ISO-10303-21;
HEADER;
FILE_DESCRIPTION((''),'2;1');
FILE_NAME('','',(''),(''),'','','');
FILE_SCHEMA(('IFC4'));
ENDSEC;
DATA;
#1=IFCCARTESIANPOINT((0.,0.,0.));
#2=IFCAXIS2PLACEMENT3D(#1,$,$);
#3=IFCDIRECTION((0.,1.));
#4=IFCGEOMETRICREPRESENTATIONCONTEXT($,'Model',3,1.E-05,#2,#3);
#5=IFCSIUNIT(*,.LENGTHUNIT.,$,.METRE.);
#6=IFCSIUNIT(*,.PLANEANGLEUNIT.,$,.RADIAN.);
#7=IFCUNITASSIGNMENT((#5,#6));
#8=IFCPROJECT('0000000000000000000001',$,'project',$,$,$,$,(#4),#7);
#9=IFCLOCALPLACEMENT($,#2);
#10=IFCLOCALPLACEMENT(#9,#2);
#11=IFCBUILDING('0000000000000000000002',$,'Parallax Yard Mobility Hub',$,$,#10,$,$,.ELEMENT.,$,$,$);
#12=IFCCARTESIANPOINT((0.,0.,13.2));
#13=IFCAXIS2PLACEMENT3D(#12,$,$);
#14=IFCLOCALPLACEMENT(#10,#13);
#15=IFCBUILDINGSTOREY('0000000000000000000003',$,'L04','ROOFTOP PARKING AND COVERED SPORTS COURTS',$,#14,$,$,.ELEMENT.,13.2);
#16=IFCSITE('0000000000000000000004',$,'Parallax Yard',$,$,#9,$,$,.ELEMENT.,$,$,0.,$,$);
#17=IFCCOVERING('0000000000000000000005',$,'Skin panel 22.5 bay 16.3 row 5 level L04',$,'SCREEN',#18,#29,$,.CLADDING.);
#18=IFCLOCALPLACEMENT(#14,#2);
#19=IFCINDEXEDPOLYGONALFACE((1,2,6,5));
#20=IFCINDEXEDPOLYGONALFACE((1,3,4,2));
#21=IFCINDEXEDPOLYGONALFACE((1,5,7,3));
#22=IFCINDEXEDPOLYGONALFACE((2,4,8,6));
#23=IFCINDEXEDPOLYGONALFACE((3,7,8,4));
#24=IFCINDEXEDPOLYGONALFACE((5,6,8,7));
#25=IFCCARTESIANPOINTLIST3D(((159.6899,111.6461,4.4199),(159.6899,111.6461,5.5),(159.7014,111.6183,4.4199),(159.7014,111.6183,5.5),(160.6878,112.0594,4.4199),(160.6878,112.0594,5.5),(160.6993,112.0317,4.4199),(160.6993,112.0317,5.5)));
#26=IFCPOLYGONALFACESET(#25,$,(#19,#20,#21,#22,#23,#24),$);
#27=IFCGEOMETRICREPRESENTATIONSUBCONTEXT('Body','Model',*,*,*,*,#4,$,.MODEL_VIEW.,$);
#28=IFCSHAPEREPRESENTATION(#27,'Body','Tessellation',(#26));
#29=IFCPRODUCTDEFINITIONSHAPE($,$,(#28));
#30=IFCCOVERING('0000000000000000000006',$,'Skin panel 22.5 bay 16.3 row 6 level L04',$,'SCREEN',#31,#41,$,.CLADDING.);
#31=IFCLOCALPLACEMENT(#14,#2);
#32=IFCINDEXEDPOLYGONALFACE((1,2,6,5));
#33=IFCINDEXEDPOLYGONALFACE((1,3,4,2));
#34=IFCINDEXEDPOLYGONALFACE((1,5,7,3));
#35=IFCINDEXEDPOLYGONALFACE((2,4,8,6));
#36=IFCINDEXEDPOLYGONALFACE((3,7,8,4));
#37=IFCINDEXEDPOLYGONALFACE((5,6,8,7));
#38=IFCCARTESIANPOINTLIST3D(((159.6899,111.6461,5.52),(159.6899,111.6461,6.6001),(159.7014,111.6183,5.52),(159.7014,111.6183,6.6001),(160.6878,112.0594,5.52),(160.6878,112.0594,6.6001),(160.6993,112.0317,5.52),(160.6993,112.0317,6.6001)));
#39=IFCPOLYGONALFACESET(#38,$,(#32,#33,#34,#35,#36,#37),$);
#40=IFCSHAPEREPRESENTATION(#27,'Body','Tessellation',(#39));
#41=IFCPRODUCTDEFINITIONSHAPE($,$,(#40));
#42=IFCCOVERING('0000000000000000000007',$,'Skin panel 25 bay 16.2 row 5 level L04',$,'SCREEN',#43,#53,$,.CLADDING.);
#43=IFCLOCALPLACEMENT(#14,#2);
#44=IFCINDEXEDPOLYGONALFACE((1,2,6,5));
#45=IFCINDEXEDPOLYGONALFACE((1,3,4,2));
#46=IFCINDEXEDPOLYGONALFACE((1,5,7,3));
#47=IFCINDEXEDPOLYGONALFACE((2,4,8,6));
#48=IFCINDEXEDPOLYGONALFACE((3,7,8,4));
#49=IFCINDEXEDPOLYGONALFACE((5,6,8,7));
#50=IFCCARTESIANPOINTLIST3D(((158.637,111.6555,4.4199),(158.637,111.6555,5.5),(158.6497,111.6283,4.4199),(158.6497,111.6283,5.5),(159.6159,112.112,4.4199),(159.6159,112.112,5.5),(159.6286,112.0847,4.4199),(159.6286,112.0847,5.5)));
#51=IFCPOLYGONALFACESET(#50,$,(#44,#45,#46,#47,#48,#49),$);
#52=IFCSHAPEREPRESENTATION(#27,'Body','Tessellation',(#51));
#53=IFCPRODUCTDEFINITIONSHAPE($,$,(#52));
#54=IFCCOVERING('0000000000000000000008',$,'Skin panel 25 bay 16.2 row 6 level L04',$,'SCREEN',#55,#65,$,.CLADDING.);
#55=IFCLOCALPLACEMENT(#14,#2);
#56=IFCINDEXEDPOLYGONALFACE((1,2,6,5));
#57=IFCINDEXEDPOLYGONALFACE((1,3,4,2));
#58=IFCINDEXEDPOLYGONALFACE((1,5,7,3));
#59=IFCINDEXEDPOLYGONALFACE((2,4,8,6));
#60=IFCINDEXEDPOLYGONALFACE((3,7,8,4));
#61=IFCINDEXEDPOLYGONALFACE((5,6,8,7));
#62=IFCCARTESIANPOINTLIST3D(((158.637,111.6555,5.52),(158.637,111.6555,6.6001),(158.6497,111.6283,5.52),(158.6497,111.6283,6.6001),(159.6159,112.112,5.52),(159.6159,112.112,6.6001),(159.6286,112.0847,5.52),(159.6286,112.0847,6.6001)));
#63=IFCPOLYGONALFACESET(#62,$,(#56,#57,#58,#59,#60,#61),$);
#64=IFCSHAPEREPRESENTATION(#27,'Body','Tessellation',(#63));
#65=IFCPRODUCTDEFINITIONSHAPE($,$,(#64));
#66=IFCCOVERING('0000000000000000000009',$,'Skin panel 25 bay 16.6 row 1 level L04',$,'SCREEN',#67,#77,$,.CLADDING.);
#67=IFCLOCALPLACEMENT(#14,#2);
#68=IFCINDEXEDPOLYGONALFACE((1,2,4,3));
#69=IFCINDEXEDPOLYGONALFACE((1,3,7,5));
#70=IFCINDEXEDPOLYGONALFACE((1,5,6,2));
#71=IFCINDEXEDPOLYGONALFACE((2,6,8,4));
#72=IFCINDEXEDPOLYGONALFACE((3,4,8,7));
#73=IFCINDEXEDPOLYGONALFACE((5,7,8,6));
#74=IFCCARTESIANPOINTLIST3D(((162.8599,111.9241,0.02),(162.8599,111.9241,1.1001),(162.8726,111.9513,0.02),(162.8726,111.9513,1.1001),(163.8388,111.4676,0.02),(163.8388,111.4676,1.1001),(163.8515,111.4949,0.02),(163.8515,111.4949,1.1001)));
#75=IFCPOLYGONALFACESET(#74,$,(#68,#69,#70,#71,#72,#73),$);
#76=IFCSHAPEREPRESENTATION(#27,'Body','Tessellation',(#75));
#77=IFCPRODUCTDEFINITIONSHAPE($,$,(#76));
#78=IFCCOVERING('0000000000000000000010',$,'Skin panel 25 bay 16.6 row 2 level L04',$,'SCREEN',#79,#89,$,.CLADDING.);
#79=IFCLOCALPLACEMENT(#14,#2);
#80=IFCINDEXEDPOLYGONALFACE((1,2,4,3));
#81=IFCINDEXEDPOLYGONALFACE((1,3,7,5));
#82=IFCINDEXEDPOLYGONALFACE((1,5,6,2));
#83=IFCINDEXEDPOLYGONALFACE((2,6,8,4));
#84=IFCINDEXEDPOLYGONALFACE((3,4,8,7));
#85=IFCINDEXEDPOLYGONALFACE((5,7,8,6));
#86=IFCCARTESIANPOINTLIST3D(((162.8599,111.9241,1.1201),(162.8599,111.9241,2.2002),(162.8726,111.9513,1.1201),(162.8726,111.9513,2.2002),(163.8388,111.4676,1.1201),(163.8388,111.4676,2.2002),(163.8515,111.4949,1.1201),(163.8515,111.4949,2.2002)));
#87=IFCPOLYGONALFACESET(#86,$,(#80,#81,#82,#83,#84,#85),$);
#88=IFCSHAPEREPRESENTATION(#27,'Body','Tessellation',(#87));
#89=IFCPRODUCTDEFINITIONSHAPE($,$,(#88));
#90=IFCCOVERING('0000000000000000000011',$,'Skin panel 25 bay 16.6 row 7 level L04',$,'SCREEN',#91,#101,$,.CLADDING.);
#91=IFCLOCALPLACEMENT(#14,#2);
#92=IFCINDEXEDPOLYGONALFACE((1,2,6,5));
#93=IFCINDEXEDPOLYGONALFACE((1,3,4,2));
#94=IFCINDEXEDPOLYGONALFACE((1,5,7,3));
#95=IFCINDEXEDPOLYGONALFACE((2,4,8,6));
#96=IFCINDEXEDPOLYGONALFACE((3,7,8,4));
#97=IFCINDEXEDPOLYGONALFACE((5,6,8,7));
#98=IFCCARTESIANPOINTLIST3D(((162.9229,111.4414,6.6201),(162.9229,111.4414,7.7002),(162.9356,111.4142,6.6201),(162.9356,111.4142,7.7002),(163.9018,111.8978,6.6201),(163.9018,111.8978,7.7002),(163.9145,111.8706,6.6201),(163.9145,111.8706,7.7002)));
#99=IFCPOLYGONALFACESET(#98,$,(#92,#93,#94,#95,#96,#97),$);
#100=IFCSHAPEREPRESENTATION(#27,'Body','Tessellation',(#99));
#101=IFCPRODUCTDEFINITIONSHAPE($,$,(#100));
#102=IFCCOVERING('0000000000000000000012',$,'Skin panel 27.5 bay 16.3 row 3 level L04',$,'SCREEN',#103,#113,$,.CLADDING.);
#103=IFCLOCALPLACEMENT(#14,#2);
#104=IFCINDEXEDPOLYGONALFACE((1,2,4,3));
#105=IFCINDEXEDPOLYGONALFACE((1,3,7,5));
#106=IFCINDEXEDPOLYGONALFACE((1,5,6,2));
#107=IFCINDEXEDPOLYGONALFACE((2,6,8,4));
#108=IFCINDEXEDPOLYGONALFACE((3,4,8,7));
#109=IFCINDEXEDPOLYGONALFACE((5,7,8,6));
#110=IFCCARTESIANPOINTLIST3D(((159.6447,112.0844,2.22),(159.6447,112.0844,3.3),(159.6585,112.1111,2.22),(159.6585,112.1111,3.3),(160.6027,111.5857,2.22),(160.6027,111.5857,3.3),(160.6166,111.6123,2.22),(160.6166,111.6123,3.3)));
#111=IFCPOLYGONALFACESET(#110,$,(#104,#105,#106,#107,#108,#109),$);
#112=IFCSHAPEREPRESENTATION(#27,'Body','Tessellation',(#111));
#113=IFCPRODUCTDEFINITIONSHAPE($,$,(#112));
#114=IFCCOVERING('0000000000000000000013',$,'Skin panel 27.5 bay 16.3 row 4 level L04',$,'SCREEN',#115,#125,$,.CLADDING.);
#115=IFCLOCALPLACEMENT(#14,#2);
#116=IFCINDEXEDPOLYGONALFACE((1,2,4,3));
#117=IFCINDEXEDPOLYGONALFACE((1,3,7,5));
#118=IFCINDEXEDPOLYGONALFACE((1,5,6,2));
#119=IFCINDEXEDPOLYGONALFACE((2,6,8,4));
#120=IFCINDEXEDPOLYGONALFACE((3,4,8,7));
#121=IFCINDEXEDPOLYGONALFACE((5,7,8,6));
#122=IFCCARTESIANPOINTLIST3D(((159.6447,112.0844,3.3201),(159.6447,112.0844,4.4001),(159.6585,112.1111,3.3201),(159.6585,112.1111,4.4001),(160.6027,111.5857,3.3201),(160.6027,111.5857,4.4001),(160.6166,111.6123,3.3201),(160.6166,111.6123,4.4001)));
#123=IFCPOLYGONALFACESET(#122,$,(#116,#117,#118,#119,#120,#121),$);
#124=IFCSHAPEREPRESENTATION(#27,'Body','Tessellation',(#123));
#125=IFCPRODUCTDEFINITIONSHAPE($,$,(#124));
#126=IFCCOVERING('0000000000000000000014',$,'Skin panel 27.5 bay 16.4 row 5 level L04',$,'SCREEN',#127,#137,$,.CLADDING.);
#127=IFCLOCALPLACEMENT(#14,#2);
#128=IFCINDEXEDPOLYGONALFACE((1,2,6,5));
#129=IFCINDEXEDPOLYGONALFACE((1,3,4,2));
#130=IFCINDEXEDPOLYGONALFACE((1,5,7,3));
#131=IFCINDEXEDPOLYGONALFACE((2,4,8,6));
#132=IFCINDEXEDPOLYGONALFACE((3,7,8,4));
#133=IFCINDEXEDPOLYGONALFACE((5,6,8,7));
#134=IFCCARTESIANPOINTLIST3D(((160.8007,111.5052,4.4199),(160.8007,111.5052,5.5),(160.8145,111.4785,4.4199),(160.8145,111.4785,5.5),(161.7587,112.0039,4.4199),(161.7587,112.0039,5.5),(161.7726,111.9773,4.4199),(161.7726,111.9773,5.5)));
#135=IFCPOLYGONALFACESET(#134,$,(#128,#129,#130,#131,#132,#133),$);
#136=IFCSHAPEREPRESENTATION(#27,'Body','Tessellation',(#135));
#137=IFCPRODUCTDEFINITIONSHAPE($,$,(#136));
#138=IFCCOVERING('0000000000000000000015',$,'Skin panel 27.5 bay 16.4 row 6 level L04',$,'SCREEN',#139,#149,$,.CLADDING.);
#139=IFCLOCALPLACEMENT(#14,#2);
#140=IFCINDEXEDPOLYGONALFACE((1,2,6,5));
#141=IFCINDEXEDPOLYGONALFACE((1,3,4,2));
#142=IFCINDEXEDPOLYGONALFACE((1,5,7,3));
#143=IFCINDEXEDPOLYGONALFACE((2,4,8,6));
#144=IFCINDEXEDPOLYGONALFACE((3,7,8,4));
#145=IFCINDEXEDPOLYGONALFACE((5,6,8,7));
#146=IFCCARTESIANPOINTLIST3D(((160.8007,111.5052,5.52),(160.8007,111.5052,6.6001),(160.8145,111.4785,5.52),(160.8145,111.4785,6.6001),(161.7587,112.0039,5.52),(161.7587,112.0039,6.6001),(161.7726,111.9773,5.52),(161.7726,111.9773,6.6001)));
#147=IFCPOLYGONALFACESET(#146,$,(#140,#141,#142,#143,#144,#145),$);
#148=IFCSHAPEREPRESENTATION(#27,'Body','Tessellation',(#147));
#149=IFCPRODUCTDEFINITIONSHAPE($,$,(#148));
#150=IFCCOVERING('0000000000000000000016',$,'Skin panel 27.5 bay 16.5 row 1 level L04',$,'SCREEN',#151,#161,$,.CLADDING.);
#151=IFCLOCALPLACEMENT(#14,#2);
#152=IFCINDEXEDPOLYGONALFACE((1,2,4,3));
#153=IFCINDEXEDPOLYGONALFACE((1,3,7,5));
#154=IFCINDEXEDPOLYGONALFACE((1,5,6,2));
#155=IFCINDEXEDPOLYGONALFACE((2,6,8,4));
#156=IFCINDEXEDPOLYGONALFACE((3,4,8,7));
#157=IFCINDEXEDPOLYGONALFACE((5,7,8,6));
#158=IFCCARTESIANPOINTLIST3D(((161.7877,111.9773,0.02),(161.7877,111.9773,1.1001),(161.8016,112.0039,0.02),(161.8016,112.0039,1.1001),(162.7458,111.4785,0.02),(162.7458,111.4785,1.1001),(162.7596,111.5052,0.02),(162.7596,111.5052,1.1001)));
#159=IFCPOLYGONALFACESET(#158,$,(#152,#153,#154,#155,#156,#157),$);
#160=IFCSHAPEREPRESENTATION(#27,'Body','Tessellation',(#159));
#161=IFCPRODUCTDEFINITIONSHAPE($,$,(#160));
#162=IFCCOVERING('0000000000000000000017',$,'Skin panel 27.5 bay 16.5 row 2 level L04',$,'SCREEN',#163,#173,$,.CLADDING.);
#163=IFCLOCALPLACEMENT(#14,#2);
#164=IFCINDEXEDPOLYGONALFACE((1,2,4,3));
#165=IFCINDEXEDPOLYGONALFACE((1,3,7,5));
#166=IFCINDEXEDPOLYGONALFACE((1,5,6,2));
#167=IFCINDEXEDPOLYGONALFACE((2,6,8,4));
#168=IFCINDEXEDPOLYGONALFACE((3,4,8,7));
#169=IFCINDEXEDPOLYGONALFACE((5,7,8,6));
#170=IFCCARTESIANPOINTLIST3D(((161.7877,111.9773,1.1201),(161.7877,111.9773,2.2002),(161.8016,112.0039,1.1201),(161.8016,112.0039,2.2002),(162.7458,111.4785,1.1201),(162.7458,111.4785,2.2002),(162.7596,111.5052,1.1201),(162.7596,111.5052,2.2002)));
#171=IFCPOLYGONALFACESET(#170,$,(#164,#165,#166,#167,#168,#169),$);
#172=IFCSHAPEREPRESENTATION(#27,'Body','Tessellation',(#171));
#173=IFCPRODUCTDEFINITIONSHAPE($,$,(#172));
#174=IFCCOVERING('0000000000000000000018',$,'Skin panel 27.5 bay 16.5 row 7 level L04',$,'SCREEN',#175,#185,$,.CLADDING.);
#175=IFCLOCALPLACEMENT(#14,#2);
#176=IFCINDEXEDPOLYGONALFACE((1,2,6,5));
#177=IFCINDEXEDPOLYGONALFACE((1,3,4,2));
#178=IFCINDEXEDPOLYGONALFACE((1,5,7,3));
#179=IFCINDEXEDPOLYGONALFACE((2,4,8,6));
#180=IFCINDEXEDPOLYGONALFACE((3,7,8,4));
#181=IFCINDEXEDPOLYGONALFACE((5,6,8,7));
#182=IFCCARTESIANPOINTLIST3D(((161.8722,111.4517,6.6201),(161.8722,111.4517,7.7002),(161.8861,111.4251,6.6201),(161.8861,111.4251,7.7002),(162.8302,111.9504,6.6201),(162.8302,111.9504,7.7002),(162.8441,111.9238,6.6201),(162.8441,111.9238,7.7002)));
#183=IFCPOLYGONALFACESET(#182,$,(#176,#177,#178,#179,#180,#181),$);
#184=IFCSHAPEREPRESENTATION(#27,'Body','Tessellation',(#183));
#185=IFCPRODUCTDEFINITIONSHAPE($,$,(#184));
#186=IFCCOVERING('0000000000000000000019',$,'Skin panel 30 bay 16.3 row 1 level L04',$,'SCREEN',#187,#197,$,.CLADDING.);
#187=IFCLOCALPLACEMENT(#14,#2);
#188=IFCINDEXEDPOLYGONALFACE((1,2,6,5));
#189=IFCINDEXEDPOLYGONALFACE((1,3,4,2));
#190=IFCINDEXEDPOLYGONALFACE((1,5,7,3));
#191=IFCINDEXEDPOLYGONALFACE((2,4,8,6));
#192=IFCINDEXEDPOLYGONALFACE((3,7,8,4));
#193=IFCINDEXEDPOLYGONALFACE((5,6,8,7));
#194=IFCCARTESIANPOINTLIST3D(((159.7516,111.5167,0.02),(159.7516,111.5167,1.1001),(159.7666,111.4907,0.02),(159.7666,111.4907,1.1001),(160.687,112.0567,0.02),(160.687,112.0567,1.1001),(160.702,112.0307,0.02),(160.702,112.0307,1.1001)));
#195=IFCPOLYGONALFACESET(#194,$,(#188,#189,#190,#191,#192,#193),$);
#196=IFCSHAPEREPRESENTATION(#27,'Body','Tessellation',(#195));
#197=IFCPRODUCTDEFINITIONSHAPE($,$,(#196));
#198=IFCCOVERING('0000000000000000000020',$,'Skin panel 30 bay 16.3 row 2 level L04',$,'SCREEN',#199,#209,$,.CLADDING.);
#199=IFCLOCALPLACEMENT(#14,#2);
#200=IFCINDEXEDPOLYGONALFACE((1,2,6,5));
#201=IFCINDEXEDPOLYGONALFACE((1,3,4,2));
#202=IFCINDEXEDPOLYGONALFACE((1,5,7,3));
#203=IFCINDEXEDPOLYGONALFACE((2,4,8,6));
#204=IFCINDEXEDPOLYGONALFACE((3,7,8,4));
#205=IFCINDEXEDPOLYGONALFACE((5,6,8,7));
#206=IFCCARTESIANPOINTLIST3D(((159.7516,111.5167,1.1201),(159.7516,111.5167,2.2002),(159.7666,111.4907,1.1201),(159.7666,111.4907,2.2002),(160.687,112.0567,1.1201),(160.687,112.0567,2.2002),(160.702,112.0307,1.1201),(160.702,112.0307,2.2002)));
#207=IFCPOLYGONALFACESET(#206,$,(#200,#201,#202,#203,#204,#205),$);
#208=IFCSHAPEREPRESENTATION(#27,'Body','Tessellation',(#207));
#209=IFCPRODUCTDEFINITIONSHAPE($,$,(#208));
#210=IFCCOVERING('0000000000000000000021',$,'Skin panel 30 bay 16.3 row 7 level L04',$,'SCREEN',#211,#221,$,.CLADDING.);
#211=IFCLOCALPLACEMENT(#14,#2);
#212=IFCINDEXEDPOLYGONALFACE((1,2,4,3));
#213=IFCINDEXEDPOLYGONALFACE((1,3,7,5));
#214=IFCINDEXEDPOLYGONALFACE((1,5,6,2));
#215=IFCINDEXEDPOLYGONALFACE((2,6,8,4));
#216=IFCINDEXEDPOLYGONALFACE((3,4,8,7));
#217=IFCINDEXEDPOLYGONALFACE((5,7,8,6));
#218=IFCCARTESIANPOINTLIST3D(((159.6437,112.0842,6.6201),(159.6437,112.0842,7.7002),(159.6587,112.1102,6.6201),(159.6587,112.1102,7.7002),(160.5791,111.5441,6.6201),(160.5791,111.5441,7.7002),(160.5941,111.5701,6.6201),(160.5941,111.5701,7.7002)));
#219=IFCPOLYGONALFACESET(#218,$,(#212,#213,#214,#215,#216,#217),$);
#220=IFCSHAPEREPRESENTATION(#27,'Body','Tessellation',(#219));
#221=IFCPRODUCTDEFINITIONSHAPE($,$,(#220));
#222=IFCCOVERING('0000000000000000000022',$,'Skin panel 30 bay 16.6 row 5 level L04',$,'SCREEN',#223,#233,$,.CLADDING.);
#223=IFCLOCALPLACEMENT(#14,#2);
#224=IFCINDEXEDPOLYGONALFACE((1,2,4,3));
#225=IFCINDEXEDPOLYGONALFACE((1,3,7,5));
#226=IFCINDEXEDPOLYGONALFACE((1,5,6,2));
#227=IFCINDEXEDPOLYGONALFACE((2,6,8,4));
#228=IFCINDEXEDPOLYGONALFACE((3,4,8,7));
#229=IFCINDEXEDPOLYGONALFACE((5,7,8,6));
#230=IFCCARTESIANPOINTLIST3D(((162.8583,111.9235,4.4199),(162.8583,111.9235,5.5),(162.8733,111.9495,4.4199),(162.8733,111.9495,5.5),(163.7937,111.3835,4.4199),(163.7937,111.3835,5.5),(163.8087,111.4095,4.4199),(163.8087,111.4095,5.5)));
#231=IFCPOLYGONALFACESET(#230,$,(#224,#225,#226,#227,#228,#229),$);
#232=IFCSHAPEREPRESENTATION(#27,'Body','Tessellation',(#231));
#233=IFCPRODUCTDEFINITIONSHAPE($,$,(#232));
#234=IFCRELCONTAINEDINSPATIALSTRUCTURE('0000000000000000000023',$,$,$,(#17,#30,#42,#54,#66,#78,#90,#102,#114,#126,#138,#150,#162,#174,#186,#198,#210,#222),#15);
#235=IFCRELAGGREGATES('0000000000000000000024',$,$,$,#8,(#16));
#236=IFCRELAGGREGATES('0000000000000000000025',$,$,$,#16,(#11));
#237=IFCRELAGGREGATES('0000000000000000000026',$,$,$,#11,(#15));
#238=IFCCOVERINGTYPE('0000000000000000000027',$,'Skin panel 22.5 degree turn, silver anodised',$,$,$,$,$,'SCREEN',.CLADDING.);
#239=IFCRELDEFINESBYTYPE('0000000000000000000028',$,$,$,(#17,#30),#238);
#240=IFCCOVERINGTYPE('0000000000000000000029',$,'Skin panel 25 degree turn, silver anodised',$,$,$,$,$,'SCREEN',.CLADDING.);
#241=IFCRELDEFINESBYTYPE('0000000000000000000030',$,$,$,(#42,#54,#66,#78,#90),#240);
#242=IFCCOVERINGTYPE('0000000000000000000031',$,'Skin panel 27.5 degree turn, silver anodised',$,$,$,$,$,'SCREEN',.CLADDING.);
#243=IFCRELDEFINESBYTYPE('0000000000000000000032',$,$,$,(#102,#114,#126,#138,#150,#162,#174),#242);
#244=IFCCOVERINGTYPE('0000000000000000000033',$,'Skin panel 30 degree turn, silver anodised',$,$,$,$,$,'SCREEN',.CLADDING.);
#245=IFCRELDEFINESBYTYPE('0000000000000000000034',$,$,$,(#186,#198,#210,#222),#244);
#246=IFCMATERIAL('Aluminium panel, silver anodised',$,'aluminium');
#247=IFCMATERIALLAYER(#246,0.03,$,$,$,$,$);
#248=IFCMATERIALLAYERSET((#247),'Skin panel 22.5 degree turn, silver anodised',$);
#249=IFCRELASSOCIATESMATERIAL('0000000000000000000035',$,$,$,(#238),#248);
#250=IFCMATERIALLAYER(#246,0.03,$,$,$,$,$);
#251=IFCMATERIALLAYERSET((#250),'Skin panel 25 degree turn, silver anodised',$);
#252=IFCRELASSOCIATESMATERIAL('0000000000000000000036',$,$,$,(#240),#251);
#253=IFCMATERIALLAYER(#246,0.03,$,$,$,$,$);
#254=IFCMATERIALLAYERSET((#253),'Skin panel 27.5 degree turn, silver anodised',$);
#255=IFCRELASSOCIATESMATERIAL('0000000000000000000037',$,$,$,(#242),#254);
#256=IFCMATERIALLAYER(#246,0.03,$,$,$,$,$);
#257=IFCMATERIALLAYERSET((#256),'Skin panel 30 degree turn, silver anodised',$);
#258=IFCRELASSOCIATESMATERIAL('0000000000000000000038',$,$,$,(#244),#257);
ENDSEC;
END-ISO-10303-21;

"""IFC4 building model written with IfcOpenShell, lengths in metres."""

from ifc_helpers import new_model, si_unit, direction, frame, origin, origin_2d, place, context, subcontext, project, spatial, rectangle, extrude, material, layer, layer_set, type_object, element, save


model = new_model("IFC4")

# Units and contexts
model_context = context("Model", 3, precision=1e-05, world=origin(), true_north=direction((0.0, 1.0)))
body_context = subcontext(model_context, "Body", "Model", "MODEL_VIEW")
ifc_project = project(units=[si_unit("LENGTHUNIT", "METRE"), si_unit("PLANEANGLEUNIT", "RADIAN")], contexts=[model_context])

# Site, building, storey
site_placement = place(None, origin())
site = spatial("IfcSite", under=ifc_project, at=site_placement, Name="Parallax Yard", CompositionType="ELEMENT", RefElevation=0.0)
building_placement = place(site_placement, origin())
building = spatial("IfcBuilding", under=site, at=building_placement, Name="Parallax Yard Mobility Hub", CompositionType="ELEMENT")
storey_placement = place(building_placement, frame((0.0, 0.0, 13.2)))
storey = spatial("IfcBuildingStorey", under=building, at=storey_placement, Name="L04", Description="ROOFTOP PARKING AND COVERED SPORTS COURTS", CompositionType="ELEMENT", Elevation=13.2)

# Coverings
ifc_material = material(Name="Aluminium panel, silver anodised", Category="aluminium")
ifc_layer_1 = layer(ifc_material, 0.03)
ifc_layer_set_1 = layer_set([ifc_layer_1], Name="Skin panel 22.5 degree turn, silver anodised")
covering_type_1 = type_object("IfcCoveringType", Name="Skin panel 22.5 degree turn, silver anodised", ElementType="SCREEN", PredefinedType="CLADDING", material=ifc_layer_set_1)
for number, where, z_axis, x_axis, name in (
    (1, (160.1946, 111.8389, 4.4199), (0.0, 0.0, 1.0), (-0.92388, -0.382683, 0.0), "Skin panel 22.5 bay 16.3 row 5 level L04"),
    (2, (160.1946, 111.8389, 5.52), (0.0, 0.0, 1.0), (-0.92388, -0.382683, 0.0), "Skin panel 22.5 bay 16.3 row 6 level L04"),
):
    element("IfcCovering", number, at=place(storey_placement, frame(where, z_axis=z_axis, x_axis=x_axis)), inside=storey, type_object=covering_type_1, Name=name, ObjectType="SCREEN", PredefinedType="CLADDING", context=body_context, shape_type="SweptSolid", body=[
        extrude(rectangle(XDim=1.0801, YDim=0.03, at=origin_2d()), origin(), (0.0, 0.0, 1.0), 1.0801),
    ])
ifc_layer_2 = layer(ifc_material, 0.03)
ifc_layer_set_2 = layer_set([ifc_layer_2], Name="Skin panel 25 degree turn, silver anodised")
covering_type_2 = type_object("IfcCoveringType", Name="Skin panel 25 degree turn, silver anodised", ElementType="SCREEN", PredefinedType="CLADDING", material=ifc_layer_set_2)
for number, where, z_axis, x_axis, name in (
    (3, (159.1328, 111.8701, 4.4199), (0.0, 0.0, 1.0), (-0.906308, -0.422618, 0.0), "Skin panel 25 bay 16.2 row 5 level L04"),
    (4, (159.1328, 111.8701, 5.52), (0.0, 0.0, 1.0), (-0.906308, -0.422618, 0.0), "Skin panel 25 bay 16.2 row 6 level L04"),
    (5, (163.3557, 111.7095, 0.02), (0.0, 0.0, 1.0), (0.906308, -0.422618, 0.0), "Skin panel 25 bay 16.6 row 1 level L04"),
    (6, (163.3557, 111.7095, 1.1201), (0.0, 0.0, 1.0), (0.906308, -0.422618, 0.0), "Skin panel 25 bay 16.6 row 2 level L04"),
    (7, (163.4187, 111.656, 6.6201), (0.0, 0.0, 1.0), (-0.906308, -0.422618, 0.0), "Skin panel 25 bay 16.6 row 7 level L04"),
):
    element("IfcCovering", number, at=place(storey_placement, frame(where, z_axis=z_axis, x_axis=x_axis)), inside=storey, type_object=covering_type_2, Name=name, ObjectType="SCREEN", PredefinedType="CLADDING", context=body_context, shape_type="SweptSolid", body=[
        extrude(rectangle(XDim=1.0801, YDim=0.03, at=origin_2d()), origin(), (0.0, 0.0, 1.0), 1.0801),
    ])
ifc_layer_3 = layer(ifc_material, 0.03)
ifc_layer_set_3 = layer_set([ifc_layer_3], Name="Skin panel 27.5 degree turn, silver anodised")
covering_type_3 = type_object("IfcCoveringType", Name="Skin panel 27.5 degree turn, silver anodised", ElementType="SCREEN", PredefinedType="CLADDING", material=ifc_layer_set_3)
for number, where, z_axis, x_axis, name in (
    (8, (160.1306, 111.8484, 2.22), (0.0, 0.0, 1.0), (0.887011, -0.461749, 0.0), "Skin panel 27.5 bay 16.3 row 3 level L04"),
    (9, (160.1306, 111.8484, 3.3201), (0.0, 0.0, 1.0), (0.887011, -0.461749, 0.0), "Skin panel 27.5 bay 16.3 row 4 level L04"),
    (10, (161.2866, 111.7412, 4.4199), (0.0, 0.0, 1.0), (-0.887011, -0.461749, 0.0), "Skin panel 27.5 bay 16.4 row 5 level L04"),
    (11, (161.2866, 111.7412, 5.52), (0.0, 0.0, 1.0), (-0.887011, -0.461749, 0.0), "Skin panel 27.5 bay 16.4 row 6 level L04"),
    (12, (162.2737, 111.7412, 0.02), (0.0, 0.0, 1.0), (0.887011, -0.461749, 0.0), "Skin panel 27.5 bay 16.5 row 1 level L04"),
    (13, (162.2737, 111.7412, 1.1201), (0.0, 0.0, 1.0), (0.887011, -0.461749, 0.0), "Skin panel 27.5 bay 16.5 row 2 level L04"),
    (14, (162.3582, 111.6877, 6.6201), (0.0, 0.0, 1.0), (-0.887011, -0.461749, 0.0), "Skin panel 27.5 bay 16.5 row 7 level L04"),
):
    element("IfcCovering", number, at=place(storey_placement, frame(where, z_axis=z_axis, x_axis=x_axis)), inside=storey, type_object=covering_type_3, Name=name, ObjectType="SCREEN", PredefinedType="CLADDING", context=body_context, shape_type="SweptSolid", body=[
        extrude(rectangle(XDim=1.0801, YDim=0.03, at=origin_2d()), origin(), (0.0, 0.0, 1.0), 1.0801),
    ])
ifc_layer_4 = layer(ifc_material, 0.03)
ifc_layer_set_4 = layer_set([ifc_layer_4], Name="Skin panel 30 degree turn, silver anodised")
covering_type_4 = type_object("IfcCoveringType", Name="Skin panel 30 degree turn, silver anodised", ElementType="SCREEN", PredefinedType="CLADDING", material=ifc_layer_set_4)
for number, where, z_axis, x_axis, name in (
    (15, (160.2268, 111.7737, 0.02), (0.0, 0.0, 1.0), (-0.866025, -0.5, 0.0), "Skin panel 30 bay 16.3 row 1 level L04"),
    (16, (160.2268, 111.7737, 1.1201), (0.0, 0.0, 1.0), (-0.866025, -0.5, 0.0), "Skin panel 30 bay 16.3 row 2 level L04"),
    (17, (160.1189, 111.8271, 6.6201), (0.0, 0.0, 1.0), (0.866025, -0.5, 0.0), "Skin panel 30 bay 16.3 row 7 level L04"),
    (18, (163.3335, 111.6665, 4.4199), (0.0, 0.0, 1.0), (0.866025, -0.5, 0.0), "Skin panel 30 bay 16.6 row 5 level L04"),
):
    element("IfcCovering", number, at=place(storey_placement, frame(where, z_axis=z_axis, x_axis=x_axis)), inside=storey, type_object=covering_type_4, Name=name, ObjectType="SCREEN", PredefinedType="CLADDING", context=body_context, shape_type="SweptSolid", body=[
        extrude(rectangle(XDim=1.0801, YDim=0.03, at=origin_2d()), origin(), (0.0, 0.0, 1.0), 1.0801),
    ])

save(model, "model.ifc")
